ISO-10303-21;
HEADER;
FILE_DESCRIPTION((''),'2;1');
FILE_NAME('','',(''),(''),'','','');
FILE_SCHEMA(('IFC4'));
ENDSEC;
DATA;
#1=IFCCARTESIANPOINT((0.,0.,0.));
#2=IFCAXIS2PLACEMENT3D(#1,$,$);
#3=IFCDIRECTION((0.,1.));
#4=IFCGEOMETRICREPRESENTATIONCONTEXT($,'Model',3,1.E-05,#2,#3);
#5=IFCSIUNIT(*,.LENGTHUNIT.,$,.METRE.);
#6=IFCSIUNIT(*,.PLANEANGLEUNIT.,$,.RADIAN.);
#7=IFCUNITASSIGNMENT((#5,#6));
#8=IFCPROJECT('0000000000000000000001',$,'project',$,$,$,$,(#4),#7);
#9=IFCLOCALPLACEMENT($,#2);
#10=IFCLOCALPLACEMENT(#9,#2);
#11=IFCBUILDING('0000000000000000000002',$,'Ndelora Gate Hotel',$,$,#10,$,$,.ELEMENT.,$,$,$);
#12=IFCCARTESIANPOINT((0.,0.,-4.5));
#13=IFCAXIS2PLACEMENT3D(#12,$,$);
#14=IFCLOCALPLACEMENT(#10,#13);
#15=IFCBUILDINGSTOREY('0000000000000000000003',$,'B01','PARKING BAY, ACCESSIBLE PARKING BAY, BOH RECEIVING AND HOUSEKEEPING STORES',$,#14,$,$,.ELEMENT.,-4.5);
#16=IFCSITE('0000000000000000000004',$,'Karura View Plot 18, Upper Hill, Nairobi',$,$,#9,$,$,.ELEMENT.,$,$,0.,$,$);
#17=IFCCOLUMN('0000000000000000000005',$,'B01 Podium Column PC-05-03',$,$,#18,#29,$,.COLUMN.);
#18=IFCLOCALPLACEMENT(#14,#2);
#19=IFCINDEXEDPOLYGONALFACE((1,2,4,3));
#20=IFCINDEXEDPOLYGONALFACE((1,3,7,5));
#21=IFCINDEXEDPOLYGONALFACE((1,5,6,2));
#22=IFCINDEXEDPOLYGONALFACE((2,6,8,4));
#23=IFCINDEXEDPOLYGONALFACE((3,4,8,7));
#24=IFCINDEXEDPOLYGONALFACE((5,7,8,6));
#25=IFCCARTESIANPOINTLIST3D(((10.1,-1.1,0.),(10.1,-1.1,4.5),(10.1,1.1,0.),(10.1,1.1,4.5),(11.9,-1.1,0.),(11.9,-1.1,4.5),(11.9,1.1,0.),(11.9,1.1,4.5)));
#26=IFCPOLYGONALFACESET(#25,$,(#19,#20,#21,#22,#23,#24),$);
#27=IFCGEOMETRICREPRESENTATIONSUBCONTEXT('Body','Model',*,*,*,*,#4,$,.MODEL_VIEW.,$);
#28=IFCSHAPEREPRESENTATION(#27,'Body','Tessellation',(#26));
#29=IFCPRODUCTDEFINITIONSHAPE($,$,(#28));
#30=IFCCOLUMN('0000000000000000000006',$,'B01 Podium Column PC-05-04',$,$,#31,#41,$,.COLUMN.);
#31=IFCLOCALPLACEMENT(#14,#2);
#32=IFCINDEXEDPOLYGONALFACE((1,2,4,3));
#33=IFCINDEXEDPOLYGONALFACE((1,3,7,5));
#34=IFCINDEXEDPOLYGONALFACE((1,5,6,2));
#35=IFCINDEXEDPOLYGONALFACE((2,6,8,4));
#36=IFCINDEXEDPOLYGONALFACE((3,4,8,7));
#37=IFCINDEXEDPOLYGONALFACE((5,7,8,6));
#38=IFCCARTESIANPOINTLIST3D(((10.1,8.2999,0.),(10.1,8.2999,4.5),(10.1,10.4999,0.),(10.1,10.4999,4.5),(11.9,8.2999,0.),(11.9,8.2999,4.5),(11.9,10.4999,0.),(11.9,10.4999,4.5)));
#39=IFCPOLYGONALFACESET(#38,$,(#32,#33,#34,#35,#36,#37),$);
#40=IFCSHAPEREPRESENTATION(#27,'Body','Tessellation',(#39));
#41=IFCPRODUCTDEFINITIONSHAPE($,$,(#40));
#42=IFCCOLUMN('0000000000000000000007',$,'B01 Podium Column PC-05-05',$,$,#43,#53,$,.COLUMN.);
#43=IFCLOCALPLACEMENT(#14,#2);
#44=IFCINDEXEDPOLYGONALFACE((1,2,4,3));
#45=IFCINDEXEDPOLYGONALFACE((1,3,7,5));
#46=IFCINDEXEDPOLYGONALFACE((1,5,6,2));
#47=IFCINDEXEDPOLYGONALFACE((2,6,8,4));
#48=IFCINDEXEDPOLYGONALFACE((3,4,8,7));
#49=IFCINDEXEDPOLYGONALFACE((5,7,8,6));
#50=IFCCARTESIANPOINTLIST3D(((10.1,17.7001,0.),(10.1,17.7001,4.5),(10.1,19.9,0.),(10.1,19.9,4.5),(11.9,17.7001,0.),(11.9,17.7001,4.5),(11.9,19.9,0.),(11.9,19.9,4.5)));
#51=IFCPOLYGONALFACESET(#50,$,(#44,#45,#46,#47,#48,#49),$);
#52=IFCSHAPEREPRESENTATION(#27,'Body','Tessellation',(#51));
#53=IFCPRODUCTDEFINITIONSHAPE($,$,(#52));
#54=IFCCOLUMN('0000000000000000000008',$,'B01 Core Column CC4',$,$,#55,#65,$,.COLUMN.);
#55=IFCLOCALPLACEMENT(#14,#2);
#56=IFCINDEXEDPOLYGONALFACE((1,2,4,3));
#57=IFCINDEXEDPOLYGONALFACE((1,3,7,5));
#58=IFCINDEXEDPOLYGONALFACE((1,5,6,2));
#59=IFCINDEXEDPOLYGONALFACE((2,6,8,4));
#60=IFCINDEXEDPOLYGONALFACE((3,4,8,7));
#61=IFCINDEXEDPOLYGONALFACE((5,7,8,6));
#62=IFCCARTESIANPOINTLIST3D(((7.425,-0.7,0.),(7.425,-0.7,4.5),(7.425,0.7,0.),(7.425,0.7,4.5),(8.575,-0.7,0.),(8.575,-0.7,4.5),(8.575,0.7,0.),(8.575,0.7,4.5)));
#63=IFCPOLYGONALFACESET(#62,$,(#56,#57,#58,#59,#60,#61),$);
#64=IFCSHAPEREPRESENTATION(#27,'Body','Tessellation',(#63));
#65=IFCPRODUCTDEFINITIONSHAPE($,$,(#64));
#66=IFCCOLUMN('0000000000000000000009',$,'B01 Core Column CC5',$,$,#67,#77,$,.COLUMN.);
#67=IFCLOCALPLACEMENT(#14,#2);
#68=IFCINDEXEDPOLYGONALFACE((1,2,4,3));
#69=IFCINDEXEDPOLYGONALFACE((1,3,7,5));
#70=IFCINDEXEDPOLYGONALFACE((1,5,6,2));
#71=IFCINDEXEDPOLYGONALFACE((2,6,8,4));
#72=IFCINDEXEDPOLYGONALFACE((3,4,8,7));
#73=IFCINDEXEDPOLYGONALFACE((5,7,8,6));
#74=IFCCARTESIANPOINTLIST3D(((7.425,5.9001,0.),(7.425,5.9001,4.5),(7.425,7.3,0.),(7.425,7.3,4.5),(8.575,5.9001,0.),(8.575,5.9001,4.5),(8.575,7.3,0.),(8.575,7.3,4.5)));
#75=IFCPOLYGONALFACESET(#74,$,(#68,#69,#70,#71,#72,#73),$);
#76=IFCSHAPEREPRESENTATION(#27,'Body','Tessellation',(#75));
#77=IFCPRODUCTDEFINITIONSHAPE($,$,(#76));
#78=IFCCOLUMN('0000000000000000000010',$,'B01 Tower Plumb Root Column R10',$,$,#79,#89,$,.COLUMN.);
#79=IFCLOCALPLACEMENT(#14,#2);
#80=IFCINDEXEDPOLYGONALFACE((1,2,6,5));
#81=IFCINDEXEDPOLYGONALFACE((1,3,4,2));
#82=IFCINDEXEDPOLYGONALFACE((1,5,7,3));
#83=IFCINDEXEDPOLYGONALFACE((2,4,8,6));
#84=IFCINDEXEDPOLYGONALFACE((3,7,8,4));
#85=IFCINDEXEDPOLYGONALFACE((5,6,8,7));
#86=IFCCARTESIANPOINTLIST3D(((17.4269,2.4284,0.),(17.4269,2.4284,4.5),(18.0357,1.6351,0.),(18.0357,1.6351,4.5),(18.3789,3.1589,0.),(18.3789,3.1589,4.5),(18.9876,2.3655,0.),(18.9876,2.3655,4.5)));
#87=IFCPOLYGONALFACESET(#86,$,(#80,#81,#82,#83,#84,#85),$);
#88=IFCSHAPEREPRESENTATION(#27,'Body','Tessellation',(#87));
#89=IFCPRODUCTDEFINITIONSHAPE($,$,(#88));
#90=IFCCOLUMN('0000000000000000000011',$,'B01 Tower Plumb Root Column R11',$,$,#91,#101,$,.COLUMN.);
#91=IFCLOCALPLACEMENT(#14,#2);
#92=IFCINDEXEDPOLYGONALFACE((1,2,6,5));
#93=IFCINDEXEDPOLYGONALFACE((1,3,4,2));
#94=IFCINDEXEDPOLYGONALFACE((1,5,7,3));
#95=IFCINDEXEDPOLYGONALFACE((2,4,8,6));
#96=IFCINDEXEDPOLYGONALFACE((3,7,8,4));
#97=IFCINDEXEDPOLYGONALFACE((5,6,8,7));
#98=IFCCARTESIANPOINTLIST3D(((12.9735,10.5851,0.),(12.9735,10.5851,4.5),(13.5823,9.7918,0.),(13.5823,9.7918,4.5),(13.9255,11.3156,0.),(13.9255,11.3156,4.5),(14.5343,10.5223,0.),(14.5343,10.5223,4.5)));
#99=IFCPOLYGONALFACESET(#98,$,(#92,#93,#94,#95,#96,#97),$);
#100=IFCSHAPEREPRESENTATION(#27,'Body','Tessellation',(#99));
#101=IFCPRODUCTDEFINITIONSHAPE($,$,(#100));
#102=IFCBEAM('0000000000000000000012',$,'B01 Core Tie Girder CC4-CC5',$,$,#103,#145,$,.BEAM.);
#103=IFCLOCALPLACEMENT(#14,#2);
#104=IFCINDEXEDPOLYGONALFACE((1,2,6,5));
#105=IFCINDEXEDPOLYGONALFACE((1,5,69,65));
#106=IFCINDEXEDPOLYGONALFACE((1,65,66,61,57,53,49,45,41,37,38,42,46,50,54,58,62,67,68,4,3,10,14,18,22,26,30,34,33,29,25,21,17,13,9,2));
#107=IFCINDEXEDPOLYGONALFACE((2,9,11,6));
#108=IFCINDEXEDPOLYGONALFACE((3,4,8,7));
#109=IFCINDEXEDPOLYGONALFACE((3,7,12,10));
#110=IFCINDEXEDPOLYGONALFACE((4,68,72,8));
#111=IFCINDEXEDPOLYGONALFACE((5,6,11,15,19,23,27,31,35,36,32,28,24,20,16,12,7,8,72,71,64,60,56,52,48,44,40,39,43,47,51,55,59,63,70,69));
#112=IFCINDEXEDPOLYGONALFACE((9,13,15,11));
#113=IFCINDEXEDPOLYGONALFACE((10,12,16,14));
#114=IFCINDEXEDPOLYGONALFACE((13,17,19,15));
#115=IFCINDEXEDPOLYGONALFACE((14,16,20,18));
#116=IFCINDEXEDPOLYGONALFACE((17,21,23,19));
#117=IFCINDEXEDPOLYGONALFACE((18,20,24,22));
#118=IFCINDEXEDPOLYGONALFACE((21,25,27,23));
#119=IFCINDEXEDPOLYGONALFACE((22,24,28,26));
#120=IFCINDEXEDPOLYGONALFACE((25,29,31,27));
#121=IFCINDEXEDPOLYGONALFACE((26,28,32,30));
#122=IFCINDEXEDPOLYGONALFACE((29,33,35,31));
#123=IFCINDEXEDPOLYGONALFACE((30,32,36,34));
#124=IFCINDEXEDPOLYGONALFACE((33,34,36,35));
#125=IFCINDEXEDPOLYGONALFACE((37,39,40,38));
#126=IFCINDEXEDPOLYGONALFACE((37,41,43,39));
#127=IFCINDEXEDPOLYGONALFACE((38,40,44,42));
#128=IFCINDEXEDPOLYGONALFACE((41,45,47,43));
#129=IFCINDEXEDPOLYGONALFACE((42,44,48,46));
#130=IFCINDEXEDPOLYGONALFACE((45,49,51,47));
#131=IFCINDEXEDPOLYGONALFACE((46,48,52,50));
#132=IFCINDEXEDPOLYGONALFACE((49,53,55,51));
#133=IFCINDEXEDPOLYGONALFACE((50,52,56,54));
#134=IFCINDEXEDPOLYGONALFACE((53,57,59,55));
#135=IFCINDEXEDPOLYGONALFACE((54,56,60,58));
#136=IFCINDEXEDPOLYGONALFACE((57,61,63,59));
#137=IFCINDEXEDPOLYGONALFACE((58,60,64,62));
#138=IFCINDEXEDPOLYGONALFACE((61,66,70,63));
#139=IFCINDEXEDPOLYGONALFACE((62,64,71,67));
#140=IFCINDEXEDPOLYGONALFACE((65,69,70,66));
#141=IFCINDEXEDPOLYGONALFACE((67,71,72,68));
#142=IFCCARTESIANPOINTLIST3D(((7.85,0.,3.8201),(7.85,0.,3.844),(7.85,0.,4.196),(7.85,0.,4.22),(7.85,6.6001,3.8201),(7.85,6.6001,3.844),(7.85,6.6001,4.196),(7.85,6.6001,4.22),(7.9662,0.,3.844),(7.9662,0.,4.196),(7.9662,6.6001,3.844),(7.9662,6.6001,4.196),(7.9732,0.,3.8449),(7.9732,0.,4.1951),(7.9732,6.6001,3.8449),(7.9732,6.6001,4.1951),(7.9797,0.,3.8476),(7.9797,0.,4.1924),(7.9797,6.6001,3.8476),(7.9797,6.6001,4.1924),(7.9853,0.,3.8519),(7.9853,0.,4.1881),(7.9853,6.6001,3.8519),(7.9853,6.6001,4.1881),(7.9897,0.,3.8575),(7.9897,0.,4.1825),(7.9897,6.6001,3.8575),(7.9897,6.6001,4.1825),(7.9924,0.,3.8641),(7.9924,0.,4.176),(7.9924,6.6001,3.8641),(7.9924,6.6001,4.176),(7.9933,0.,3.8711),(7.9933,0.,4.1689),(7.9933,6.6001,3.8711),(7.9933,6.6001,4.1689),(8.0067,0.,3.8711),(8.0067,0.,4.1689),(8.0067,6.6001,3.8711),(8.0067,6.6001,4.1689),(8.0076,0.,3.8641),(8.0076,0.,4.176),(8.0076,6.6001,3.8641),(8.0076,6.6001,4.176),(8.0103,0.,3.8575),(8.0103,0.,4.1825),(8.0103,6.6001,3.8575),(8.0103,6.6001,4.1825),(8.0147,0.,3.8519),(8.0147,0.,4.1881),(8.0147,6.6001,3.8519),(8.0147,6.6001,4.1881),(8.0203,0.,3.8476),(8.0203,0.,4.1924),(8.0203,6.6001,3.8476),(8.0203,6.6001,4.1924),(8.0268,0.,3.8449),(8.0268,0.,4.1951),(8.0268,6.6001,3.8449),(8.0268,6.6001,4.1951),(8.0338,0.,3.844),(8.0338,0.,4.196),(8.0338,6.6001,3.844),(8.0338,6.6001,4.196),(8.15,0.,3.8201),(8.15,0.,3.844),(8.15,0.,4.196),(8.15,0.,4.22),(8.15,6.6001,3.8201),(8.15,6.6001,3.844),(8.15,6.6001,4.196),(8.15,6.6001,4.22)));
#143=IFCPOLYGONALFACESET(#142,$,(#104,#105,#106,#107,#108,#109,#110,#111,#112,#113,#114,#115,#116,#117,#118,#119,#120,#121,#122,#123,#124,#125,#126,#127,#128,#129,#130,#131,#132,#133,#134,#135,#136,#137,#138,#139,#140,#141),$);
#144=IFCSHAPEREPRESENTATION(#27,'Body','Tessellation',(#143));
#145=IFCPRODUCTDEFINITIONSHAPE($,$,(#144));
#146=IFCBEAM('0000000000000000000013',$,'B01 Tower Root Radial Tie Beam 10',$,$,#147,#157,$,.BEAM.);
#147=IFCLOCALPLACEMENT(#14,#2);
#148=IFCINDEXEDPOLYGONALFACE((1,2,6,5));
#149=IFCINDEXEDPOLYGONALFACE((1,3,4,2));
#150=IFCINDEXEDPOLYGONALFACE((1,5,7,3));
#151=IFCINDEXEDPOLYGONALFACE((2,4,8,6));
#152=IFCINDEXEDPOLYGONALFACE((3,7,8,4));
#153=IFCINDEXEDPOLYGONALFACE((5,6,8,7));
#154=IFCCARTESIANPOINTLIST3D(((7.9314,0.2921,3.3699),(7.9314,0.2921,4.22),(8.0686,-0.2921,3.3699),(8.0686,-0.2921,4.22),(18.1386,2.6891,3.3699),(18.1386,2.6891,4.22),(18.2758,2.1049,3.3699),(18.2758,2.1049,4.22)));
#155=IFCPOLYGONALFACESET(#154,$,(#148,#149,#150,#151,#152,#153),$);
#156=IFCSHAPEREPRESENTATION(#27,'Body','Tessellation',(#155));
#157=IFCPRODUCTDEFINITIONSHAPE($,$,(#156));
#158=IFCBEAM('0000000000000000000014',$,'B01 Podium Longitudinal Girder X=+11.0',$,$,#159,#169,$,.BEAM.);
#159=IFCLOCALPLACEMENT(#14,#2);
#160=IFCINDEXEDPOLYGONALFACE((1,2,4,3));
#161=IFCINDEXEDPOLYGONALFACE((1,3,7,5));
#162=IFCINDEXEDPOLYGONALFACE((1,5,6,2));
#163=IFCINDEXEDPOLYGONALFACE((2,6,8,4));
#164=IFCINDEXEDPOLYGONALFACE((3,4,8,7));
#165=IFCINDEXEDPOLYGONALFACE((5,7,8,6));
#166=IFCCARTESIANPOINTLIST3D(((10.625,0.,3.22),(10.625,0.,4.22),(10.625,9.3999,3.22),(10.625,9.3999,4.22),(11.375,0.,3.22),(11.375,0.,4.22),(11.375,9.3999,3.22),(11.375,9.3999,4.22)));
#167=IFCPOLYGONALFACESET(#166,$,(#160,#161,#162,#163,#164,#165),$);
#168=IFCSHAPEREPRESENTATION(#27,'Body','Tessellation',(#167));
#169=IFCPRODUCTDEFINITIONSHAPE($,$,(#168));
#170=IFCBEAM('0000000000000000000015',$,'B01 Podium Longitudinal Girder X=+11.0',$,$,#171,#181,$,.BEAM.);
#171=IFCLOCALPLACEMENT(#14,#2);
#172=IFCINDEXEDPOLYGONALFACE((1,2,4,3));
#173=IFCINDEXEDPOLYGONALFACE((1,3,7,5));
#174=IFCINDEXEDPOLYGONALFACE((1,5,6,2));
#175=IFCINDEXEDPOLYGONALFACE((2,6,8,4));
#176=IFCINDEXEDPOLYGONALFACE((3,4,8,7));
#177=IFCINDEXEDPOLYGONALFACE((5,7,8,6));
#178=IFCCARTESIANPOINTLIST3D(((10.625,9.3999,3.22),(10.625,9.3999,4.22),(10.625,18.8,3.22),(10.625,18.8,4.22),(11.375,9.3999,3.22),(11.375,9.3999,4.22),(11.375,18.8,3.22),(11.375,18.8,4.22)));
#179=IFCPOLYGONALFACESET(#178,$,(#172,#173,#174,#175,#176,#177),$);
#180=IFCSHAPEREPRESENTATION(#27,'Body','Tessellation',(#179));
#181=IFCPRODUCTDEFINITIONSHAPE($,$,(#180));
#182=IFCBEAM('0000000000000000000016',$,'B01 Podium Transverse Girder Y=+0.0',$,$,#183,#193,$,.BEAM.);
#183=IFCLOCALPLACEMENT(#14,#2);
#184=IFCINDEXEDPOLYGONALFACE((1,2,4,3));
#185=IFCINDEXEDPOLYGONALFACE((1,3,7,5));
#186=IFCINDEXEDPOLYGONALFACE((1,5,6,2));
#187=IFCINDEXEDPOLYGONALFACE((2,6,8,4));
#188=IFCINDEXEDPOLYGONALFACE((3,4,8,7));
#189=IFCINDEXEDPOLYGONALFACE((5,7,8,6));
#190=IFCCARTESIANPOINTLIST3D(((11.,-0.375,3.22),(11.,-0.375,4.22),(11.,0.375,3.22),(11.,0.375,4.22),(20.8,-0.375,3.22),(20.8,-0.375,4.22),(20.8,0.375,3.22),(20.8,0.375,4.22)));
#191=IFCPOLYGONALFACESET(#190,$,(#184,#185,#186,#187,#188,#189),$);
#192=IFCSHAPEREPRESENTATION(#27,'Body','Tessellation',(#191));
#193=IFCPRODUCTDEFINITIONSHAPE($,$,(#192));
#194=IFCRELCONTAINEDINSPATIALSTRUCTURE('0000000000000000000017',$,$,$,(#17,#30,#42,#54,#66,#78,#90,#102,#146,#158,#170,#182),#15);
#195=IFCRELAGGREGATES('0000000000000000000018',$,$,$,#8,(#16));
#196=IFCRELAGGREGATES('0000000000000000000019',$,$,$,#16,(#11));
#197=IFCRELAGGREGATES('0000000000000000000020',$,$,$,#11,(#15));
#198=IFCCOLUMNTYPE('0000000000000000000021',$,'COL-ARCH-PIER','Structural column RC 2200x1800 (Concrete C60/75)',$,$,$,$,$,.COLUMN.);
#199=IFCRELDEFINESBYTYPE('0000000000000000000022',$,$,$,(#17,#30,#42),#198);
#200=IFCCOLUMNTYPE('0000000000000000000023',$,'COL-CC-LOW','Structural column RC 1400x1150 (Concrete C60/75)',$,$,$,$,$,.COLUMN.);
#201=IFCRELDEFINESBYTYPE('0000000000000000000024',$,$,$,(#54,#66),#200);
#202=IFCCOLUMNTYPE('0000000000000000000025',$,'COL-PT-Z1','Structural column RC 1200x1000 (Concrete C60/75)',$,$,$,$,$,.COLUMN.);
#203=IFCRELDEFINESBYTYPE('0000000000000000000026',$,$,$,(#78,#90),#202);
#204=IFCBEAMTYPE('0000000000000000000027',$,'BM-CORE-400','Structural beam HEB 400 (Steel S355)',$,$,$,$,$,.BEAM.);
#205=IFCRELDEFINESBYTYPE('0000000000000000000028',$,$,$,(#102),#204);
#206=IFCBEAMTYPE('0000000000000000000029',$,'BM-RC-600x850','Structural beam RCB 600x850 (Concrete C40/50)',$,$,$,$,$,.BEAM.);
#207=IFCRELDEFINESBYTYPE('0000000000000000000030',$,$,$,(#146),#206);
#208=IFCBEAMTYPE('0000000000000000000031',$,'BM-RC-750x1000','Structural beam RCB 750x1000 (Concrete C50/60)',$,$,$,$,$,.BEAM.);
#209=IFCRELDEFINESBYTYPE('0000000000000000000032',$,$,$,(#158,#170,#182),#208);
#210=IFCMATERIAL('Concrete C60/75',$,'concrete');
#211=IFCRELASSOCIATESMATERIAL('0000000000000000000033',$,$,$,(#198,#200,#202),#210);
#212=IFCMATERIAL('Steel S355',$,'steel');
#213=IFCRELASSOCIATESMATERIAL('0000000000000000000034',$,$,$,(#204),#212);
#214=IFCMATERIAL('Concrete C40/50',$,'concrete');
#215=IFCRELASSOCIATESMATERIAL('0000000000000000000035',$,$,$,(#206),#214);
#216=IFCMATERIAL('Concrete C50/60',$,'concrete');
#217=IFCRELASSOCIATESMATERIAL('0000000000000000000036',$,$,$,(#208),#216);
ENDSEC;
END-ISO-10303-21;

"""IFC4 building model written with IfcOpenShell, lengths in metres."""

from ifc_helpers import new_model, si_unit, direction, frame, origin, origin_2d, place, context, subcontext, project, spatial, rectangle, i_section, extrude, material, material_profile, profile_set, type_object, element, save


model = new_model("IFC4")

# Units and contexts
model_context = context("Model", 3, precision=1e-05, world=origin(), true_north=direction((0.0, 1.0)))
body_context = subcontext(model_context, "Body", "Model", "MODEL_VIEW")
ifc_project = project(units=[si_unit("LENGTHUNIT", "METRE"), si_unit("PLANEANGLEUNIT", "RADIAN")], contexts=[model_context])

# Site, building, storey
site_placement = place(None, origin())
site = spatial("IfcSite", under=ifc_project, at=site_placement, Name="Karura View Plot 18, Upper Hill, Nairobi", CompositionType="ELEMENT", RefElevation=0.0)
building_placement = place(site_placement, origin())
building = spatial("IfcBuilding", under=site, at=building_placement, Name="Ndelora Gate Hotel", CompositionType="ELEMENT")
storey_placement = place(building_placement, frame((0.0, 0.0, -4.5)))
storey = spatial("IfcBuildingStorey", under=building, at=storey_placement, Name="B01", Description="PARKING BAY, ACCESSIBLE PARKING BAY, BOH RECEIVING AND HOUSEKEEPING STORES", CompositionType="ELEMENT", Elevation=-4.5)

# Columns
ifc_material_1 = material(Name="Concrete C60/75", Category="concrete")
ifc_material_profile_1 = material_profile(ifc_material_1, rectangle(XDim=1.8, YDim=2.2, at=origin_2d()), Name="RC 2200x1800")
ifc_profile_set_1 = profile_set([ifc_material_profile_1], Name="Concrete C60/75")
column_type_1 = type_object("IfcColumnType", Name="COL-ARCH-PIER", Description="Structural column RC 2200x1800 (Concrete C60/75)", PredefinedType="COLUMN", material=ifc_profile_set_1)
for number, where, z_axis, x_axis, name in (
    (1, (11.0, 0.0, 0.0), (0.0, 0.0, 1.0), (1.0, 0.0, 0.0), "B01 Podium Column PC-05-03"),
    (2, (11.0, 9.3999, 0.0), (0.0, 0.0, 1.0), (1.0, 0.0, 0.0), "B01 Podium Column PC-05-04"),
    (3, (11.0, 18.8, 0.0), (0.0, 0.0, 1.0), (1.0, 0.0, 0.0), "B01 Podium Column PC-05-05"),
):
    element("IfcColumn", number, at=place(storey_placement, frame(where, z_axis=z_axis, x_axis=x_axis)), inside=storey, type_object=column_type_1, Name=name, PredefinedType="COLUMN", context=body_context, shape_type="SweptSolid", body=[
        extrude(rectangle(XDim=1.8, YDim=2.2, at=origin_2d()), origin(), (0.0, 0.0, 1.0), 4.5),
    ])
ifc_material_profile_2 = material_profile(ifc_material_1, rectangle(XDim=1.1499, YDim=1.3999, at=origin_2d()), Name="RC 1400x1150")
ifc_profile_set_2 = profile_set([ifc_material_profile_2], Name="Concrete C60/75")
column_type_2 = type_object("IfcColumnType", Name="COL-CC-LOW", Description="Structural column RC 1400x1150 (Concrete C60/75)", PredefinedType="COLUMN", material=ifc_profile_set_2)
for number, where, z_axis, x_axis, name in (
    (4, (8.0, 0.0, 0.0), (0.0, 0.0, 1.0), (1.0, 0.0, 0.0), "B01 Core Column CC4"),
    (5, (8.0, 6.6001, 0.0), (0.0, 0.0, 1.0), (1.0, 0.0, 0.0), "B01 Core Column CC5"),
):
    element("IfcColumn", number, at=place(storey_placement, frame(where, z_axis=z_axis, x_axis=x_axis)), inside=storey, type_object=column_type_2, Name=name, PredefinedType="COLUMN", context=body_context, shape_type="SweptSolid", body=[
        extrude(rectangle(XDim=1.1499, YDim=1.3999, at=origin_2d()), origin(), (0.0, 0.0, 1.0), 4.5),
    ])
ifc_material_profile_3 = material_profile(ifc_material_1, rectangle(XDim=1.0, YDim=1.2, at=origin_2d()), Name="RC 1200x1000")
ifc_profile_set_3 = profile_set([ifc_material_profile_3], Name="Concrete C60/75")
column_type_3 = type_object("IfcColumnType", Name="COL-PT-Z1", Description="Structural column RC 1200x1000 (Concrete C60/75)", PredefinedType="COLUMN", material=ifc_profile_set_3)
for number, where, z_axis, x_axis, name in (
    (6, (18.2073, 2.397, 0.0), (0.0, 0.0, 1.0), (-0.608761, 0.793353, 0.0), "B01 Tower Plumb Root Column R10"),
    (7, (13.7539, 10.5537, 0.0), (0.0, 0.0, 1.0), (-0.608761, 0.793353, 0.0), "B01 Tower Plumb Root Column R11"),
):
    element("IfcColumn", number, at=place(storey_placement, frame(where, z_axis=z_axis, x_axis=x_axis)), inside=storey, type_object=column_type_3, Name=name, PredefinedType="COLUMN", context=body_context, shape_type="SweptSolid", body=[
        extrude(rectangle(XDim=1.0, YDim=1.2, at=origin_2d()), origin(), (0.0, 0.0, 1.0), 4.5),
    ])

# Beams
ifc_material_2 = material(Name="Steel S355", Category="steel")
ifc_material_profile_4 = material_profile(ifc_material_2, i_section(OverallWidth=0.3, OverallDepth=0.3999, WebThickness=0.0134, FlangeThickness=0.0239, FilletRadius=0.0271, at=origin_2d()), Name="HEB 400")
ifc_profile_set_4 = profile_set([ifc_material_profile_4], Name="Steel S355")
beam_type_1 = type_object("IfcBeamType", Name="BM-CORE-400", Description="Structural beam HEB 400 (Steel S355)", PredefinedType="BEAM", material=ifc_profile_set_4)
beam_1_placement = place(storey_placement, frame((8.0, 0.0, 4.02), z_axis=(0.0, 1.0, 0.0), x_axis=(-1.0, 0.0, 0.0)))
element("IfcBeam", 8, at=beam_1_placement, inside=storey, type_object=beam_type_1, Name="B01 Core Tie Girder CC4-CC5", PredefinedType="BEAM", context=body_context, shape_type="SweptSolid", body=[
    extrude(i_section(OverallWidth=0.3, OverallDepth=0.3999, WebThickness=0.0134, FlangeThickness=0.0239, FilletRadius=0.0271, at=origin_2d()), origin(), (0.0, 0.0, 1.0), 6.6001),
])
ifc_material_3 = material(Name="Concrete C40/50", Category="concrete")
ifc_material_profile_5 = material_profile(ifc_material_3, rectangle(XDim=0.6001, YDim=0.8501, at=origin_2d()), Name="RCB 600x850")
ifc_profile_set_5 = profile_set([ifc_material_profile_5], Name="Concrete C40/50")
beam_type_2 = type_object("IfcBeamType", Name="BM-RC-600x850", Description="Structural beam RCB 600x850 (Concrete C40/50)", PredefinedType="BEAM", material=ifc_profile_set_5)
beam_2_placement = place(storey_placement, frame((8.0, 0.0, 3.7949), z_axis=(0.973518, 0.228611, 0.0), x_axis=(-0.228611, 0.973518, 0.0)))
element("IfcBeam", 9, at=beam_2_placement, inside=storey, type_object=beam_type_2, Name="B01 Tower Root Radial Tie Beam 10", PredefinedType="BEAM", context=body_context, shape_type="SweptSolid", body=[
    extrude(rectangle(XDim=0.6001, YDim=0.8501, at=origin_2d()), origin(), (0.0, 0.0, 1.0), 10.4849),
])
ifc_material_4 = material(Name="Concrete C50/60", Category="concrete")
ifc_material_profile_6 = material_profile(ifc_material_4, rectangle(XDim=0.75, YDim=1.0, at=origin_2d()), Name="RCB 750x1000")
ifc_profile_set_6 = profile_set([ifc_material_profile_6], Name="Concrete C50/60")
beam_type_3 = type_object("IfcBeamType", Name="BM-RC-750x1000", Description="Structural beam RCB 750x1000 (Concrete C50/60)", PredefinedType="BEAM", material=ifc_profile_set_6)
beam_3_placement = place(storey_placement, frame((11.0, 0.0, 3.72), z_axis=(0.0, 1.0, 0.0), x_axis=(-1.0, 0.0, 0.0)))
element("IfcBeam", 10, at=beam_3_placement, inside=storey, type_object=beam_type_3, Name="B01 Podium Longitudinal Girder X=+11.0", PredefinedType="BEAM", context=body_context, shape_type="SweptSolid", body=[
    extrude(rectangle(XDim=0.75, YDim=1.0, at=origin_2d()), origin(), (0.0, 0.0, 1.0), 9.3999),
])
beam_4_placement = place(storey_placement, frame((11.0, 9.3999, 3.72), z_axis=(0.0, 1.0, 0.0), x_axis=(-1.0, 0.0, 0.0)))
element("IfcBeam", 11, at=beam_4_placement, inside=storey, type_object=beam_type_3, Name="B01 Podium Longitudinal Girder X=+11.0", PredefinedType="BEAM", context=body_context, shape_type="SweptSolid", body=[
    extrude(rectangle(XDim=0.75, YDim=1.0, at=origin_2d()), origin(), (0.0, 0.0, 1.0), 9.4001),
])
for number, where, z_axis, x_axis, name in (
    (12, (11.0, 0.0, 3.72), (1.0, 0.0, 0.0), (0.0, 1.0, 0.0), "B01 Podium Transverse Girder Y=+0.0"),
):
    element("IfcBeam", number, at=place(storey_placement, frame(where, z_axis=z_axis, x_axis=x_axis)), inside=storey, type_object=beam_type_3, Name=name, PredefinedType="BEAM", context=body_context, shape_type="SweptSolid", body=[
        extrude(rectangle(XDim=0.75, YDim=1.0, at=origin_2d()), origin(), (0.0, 0.0, 1.0), 9.8),
    ])

save(model, "model.ifc")
